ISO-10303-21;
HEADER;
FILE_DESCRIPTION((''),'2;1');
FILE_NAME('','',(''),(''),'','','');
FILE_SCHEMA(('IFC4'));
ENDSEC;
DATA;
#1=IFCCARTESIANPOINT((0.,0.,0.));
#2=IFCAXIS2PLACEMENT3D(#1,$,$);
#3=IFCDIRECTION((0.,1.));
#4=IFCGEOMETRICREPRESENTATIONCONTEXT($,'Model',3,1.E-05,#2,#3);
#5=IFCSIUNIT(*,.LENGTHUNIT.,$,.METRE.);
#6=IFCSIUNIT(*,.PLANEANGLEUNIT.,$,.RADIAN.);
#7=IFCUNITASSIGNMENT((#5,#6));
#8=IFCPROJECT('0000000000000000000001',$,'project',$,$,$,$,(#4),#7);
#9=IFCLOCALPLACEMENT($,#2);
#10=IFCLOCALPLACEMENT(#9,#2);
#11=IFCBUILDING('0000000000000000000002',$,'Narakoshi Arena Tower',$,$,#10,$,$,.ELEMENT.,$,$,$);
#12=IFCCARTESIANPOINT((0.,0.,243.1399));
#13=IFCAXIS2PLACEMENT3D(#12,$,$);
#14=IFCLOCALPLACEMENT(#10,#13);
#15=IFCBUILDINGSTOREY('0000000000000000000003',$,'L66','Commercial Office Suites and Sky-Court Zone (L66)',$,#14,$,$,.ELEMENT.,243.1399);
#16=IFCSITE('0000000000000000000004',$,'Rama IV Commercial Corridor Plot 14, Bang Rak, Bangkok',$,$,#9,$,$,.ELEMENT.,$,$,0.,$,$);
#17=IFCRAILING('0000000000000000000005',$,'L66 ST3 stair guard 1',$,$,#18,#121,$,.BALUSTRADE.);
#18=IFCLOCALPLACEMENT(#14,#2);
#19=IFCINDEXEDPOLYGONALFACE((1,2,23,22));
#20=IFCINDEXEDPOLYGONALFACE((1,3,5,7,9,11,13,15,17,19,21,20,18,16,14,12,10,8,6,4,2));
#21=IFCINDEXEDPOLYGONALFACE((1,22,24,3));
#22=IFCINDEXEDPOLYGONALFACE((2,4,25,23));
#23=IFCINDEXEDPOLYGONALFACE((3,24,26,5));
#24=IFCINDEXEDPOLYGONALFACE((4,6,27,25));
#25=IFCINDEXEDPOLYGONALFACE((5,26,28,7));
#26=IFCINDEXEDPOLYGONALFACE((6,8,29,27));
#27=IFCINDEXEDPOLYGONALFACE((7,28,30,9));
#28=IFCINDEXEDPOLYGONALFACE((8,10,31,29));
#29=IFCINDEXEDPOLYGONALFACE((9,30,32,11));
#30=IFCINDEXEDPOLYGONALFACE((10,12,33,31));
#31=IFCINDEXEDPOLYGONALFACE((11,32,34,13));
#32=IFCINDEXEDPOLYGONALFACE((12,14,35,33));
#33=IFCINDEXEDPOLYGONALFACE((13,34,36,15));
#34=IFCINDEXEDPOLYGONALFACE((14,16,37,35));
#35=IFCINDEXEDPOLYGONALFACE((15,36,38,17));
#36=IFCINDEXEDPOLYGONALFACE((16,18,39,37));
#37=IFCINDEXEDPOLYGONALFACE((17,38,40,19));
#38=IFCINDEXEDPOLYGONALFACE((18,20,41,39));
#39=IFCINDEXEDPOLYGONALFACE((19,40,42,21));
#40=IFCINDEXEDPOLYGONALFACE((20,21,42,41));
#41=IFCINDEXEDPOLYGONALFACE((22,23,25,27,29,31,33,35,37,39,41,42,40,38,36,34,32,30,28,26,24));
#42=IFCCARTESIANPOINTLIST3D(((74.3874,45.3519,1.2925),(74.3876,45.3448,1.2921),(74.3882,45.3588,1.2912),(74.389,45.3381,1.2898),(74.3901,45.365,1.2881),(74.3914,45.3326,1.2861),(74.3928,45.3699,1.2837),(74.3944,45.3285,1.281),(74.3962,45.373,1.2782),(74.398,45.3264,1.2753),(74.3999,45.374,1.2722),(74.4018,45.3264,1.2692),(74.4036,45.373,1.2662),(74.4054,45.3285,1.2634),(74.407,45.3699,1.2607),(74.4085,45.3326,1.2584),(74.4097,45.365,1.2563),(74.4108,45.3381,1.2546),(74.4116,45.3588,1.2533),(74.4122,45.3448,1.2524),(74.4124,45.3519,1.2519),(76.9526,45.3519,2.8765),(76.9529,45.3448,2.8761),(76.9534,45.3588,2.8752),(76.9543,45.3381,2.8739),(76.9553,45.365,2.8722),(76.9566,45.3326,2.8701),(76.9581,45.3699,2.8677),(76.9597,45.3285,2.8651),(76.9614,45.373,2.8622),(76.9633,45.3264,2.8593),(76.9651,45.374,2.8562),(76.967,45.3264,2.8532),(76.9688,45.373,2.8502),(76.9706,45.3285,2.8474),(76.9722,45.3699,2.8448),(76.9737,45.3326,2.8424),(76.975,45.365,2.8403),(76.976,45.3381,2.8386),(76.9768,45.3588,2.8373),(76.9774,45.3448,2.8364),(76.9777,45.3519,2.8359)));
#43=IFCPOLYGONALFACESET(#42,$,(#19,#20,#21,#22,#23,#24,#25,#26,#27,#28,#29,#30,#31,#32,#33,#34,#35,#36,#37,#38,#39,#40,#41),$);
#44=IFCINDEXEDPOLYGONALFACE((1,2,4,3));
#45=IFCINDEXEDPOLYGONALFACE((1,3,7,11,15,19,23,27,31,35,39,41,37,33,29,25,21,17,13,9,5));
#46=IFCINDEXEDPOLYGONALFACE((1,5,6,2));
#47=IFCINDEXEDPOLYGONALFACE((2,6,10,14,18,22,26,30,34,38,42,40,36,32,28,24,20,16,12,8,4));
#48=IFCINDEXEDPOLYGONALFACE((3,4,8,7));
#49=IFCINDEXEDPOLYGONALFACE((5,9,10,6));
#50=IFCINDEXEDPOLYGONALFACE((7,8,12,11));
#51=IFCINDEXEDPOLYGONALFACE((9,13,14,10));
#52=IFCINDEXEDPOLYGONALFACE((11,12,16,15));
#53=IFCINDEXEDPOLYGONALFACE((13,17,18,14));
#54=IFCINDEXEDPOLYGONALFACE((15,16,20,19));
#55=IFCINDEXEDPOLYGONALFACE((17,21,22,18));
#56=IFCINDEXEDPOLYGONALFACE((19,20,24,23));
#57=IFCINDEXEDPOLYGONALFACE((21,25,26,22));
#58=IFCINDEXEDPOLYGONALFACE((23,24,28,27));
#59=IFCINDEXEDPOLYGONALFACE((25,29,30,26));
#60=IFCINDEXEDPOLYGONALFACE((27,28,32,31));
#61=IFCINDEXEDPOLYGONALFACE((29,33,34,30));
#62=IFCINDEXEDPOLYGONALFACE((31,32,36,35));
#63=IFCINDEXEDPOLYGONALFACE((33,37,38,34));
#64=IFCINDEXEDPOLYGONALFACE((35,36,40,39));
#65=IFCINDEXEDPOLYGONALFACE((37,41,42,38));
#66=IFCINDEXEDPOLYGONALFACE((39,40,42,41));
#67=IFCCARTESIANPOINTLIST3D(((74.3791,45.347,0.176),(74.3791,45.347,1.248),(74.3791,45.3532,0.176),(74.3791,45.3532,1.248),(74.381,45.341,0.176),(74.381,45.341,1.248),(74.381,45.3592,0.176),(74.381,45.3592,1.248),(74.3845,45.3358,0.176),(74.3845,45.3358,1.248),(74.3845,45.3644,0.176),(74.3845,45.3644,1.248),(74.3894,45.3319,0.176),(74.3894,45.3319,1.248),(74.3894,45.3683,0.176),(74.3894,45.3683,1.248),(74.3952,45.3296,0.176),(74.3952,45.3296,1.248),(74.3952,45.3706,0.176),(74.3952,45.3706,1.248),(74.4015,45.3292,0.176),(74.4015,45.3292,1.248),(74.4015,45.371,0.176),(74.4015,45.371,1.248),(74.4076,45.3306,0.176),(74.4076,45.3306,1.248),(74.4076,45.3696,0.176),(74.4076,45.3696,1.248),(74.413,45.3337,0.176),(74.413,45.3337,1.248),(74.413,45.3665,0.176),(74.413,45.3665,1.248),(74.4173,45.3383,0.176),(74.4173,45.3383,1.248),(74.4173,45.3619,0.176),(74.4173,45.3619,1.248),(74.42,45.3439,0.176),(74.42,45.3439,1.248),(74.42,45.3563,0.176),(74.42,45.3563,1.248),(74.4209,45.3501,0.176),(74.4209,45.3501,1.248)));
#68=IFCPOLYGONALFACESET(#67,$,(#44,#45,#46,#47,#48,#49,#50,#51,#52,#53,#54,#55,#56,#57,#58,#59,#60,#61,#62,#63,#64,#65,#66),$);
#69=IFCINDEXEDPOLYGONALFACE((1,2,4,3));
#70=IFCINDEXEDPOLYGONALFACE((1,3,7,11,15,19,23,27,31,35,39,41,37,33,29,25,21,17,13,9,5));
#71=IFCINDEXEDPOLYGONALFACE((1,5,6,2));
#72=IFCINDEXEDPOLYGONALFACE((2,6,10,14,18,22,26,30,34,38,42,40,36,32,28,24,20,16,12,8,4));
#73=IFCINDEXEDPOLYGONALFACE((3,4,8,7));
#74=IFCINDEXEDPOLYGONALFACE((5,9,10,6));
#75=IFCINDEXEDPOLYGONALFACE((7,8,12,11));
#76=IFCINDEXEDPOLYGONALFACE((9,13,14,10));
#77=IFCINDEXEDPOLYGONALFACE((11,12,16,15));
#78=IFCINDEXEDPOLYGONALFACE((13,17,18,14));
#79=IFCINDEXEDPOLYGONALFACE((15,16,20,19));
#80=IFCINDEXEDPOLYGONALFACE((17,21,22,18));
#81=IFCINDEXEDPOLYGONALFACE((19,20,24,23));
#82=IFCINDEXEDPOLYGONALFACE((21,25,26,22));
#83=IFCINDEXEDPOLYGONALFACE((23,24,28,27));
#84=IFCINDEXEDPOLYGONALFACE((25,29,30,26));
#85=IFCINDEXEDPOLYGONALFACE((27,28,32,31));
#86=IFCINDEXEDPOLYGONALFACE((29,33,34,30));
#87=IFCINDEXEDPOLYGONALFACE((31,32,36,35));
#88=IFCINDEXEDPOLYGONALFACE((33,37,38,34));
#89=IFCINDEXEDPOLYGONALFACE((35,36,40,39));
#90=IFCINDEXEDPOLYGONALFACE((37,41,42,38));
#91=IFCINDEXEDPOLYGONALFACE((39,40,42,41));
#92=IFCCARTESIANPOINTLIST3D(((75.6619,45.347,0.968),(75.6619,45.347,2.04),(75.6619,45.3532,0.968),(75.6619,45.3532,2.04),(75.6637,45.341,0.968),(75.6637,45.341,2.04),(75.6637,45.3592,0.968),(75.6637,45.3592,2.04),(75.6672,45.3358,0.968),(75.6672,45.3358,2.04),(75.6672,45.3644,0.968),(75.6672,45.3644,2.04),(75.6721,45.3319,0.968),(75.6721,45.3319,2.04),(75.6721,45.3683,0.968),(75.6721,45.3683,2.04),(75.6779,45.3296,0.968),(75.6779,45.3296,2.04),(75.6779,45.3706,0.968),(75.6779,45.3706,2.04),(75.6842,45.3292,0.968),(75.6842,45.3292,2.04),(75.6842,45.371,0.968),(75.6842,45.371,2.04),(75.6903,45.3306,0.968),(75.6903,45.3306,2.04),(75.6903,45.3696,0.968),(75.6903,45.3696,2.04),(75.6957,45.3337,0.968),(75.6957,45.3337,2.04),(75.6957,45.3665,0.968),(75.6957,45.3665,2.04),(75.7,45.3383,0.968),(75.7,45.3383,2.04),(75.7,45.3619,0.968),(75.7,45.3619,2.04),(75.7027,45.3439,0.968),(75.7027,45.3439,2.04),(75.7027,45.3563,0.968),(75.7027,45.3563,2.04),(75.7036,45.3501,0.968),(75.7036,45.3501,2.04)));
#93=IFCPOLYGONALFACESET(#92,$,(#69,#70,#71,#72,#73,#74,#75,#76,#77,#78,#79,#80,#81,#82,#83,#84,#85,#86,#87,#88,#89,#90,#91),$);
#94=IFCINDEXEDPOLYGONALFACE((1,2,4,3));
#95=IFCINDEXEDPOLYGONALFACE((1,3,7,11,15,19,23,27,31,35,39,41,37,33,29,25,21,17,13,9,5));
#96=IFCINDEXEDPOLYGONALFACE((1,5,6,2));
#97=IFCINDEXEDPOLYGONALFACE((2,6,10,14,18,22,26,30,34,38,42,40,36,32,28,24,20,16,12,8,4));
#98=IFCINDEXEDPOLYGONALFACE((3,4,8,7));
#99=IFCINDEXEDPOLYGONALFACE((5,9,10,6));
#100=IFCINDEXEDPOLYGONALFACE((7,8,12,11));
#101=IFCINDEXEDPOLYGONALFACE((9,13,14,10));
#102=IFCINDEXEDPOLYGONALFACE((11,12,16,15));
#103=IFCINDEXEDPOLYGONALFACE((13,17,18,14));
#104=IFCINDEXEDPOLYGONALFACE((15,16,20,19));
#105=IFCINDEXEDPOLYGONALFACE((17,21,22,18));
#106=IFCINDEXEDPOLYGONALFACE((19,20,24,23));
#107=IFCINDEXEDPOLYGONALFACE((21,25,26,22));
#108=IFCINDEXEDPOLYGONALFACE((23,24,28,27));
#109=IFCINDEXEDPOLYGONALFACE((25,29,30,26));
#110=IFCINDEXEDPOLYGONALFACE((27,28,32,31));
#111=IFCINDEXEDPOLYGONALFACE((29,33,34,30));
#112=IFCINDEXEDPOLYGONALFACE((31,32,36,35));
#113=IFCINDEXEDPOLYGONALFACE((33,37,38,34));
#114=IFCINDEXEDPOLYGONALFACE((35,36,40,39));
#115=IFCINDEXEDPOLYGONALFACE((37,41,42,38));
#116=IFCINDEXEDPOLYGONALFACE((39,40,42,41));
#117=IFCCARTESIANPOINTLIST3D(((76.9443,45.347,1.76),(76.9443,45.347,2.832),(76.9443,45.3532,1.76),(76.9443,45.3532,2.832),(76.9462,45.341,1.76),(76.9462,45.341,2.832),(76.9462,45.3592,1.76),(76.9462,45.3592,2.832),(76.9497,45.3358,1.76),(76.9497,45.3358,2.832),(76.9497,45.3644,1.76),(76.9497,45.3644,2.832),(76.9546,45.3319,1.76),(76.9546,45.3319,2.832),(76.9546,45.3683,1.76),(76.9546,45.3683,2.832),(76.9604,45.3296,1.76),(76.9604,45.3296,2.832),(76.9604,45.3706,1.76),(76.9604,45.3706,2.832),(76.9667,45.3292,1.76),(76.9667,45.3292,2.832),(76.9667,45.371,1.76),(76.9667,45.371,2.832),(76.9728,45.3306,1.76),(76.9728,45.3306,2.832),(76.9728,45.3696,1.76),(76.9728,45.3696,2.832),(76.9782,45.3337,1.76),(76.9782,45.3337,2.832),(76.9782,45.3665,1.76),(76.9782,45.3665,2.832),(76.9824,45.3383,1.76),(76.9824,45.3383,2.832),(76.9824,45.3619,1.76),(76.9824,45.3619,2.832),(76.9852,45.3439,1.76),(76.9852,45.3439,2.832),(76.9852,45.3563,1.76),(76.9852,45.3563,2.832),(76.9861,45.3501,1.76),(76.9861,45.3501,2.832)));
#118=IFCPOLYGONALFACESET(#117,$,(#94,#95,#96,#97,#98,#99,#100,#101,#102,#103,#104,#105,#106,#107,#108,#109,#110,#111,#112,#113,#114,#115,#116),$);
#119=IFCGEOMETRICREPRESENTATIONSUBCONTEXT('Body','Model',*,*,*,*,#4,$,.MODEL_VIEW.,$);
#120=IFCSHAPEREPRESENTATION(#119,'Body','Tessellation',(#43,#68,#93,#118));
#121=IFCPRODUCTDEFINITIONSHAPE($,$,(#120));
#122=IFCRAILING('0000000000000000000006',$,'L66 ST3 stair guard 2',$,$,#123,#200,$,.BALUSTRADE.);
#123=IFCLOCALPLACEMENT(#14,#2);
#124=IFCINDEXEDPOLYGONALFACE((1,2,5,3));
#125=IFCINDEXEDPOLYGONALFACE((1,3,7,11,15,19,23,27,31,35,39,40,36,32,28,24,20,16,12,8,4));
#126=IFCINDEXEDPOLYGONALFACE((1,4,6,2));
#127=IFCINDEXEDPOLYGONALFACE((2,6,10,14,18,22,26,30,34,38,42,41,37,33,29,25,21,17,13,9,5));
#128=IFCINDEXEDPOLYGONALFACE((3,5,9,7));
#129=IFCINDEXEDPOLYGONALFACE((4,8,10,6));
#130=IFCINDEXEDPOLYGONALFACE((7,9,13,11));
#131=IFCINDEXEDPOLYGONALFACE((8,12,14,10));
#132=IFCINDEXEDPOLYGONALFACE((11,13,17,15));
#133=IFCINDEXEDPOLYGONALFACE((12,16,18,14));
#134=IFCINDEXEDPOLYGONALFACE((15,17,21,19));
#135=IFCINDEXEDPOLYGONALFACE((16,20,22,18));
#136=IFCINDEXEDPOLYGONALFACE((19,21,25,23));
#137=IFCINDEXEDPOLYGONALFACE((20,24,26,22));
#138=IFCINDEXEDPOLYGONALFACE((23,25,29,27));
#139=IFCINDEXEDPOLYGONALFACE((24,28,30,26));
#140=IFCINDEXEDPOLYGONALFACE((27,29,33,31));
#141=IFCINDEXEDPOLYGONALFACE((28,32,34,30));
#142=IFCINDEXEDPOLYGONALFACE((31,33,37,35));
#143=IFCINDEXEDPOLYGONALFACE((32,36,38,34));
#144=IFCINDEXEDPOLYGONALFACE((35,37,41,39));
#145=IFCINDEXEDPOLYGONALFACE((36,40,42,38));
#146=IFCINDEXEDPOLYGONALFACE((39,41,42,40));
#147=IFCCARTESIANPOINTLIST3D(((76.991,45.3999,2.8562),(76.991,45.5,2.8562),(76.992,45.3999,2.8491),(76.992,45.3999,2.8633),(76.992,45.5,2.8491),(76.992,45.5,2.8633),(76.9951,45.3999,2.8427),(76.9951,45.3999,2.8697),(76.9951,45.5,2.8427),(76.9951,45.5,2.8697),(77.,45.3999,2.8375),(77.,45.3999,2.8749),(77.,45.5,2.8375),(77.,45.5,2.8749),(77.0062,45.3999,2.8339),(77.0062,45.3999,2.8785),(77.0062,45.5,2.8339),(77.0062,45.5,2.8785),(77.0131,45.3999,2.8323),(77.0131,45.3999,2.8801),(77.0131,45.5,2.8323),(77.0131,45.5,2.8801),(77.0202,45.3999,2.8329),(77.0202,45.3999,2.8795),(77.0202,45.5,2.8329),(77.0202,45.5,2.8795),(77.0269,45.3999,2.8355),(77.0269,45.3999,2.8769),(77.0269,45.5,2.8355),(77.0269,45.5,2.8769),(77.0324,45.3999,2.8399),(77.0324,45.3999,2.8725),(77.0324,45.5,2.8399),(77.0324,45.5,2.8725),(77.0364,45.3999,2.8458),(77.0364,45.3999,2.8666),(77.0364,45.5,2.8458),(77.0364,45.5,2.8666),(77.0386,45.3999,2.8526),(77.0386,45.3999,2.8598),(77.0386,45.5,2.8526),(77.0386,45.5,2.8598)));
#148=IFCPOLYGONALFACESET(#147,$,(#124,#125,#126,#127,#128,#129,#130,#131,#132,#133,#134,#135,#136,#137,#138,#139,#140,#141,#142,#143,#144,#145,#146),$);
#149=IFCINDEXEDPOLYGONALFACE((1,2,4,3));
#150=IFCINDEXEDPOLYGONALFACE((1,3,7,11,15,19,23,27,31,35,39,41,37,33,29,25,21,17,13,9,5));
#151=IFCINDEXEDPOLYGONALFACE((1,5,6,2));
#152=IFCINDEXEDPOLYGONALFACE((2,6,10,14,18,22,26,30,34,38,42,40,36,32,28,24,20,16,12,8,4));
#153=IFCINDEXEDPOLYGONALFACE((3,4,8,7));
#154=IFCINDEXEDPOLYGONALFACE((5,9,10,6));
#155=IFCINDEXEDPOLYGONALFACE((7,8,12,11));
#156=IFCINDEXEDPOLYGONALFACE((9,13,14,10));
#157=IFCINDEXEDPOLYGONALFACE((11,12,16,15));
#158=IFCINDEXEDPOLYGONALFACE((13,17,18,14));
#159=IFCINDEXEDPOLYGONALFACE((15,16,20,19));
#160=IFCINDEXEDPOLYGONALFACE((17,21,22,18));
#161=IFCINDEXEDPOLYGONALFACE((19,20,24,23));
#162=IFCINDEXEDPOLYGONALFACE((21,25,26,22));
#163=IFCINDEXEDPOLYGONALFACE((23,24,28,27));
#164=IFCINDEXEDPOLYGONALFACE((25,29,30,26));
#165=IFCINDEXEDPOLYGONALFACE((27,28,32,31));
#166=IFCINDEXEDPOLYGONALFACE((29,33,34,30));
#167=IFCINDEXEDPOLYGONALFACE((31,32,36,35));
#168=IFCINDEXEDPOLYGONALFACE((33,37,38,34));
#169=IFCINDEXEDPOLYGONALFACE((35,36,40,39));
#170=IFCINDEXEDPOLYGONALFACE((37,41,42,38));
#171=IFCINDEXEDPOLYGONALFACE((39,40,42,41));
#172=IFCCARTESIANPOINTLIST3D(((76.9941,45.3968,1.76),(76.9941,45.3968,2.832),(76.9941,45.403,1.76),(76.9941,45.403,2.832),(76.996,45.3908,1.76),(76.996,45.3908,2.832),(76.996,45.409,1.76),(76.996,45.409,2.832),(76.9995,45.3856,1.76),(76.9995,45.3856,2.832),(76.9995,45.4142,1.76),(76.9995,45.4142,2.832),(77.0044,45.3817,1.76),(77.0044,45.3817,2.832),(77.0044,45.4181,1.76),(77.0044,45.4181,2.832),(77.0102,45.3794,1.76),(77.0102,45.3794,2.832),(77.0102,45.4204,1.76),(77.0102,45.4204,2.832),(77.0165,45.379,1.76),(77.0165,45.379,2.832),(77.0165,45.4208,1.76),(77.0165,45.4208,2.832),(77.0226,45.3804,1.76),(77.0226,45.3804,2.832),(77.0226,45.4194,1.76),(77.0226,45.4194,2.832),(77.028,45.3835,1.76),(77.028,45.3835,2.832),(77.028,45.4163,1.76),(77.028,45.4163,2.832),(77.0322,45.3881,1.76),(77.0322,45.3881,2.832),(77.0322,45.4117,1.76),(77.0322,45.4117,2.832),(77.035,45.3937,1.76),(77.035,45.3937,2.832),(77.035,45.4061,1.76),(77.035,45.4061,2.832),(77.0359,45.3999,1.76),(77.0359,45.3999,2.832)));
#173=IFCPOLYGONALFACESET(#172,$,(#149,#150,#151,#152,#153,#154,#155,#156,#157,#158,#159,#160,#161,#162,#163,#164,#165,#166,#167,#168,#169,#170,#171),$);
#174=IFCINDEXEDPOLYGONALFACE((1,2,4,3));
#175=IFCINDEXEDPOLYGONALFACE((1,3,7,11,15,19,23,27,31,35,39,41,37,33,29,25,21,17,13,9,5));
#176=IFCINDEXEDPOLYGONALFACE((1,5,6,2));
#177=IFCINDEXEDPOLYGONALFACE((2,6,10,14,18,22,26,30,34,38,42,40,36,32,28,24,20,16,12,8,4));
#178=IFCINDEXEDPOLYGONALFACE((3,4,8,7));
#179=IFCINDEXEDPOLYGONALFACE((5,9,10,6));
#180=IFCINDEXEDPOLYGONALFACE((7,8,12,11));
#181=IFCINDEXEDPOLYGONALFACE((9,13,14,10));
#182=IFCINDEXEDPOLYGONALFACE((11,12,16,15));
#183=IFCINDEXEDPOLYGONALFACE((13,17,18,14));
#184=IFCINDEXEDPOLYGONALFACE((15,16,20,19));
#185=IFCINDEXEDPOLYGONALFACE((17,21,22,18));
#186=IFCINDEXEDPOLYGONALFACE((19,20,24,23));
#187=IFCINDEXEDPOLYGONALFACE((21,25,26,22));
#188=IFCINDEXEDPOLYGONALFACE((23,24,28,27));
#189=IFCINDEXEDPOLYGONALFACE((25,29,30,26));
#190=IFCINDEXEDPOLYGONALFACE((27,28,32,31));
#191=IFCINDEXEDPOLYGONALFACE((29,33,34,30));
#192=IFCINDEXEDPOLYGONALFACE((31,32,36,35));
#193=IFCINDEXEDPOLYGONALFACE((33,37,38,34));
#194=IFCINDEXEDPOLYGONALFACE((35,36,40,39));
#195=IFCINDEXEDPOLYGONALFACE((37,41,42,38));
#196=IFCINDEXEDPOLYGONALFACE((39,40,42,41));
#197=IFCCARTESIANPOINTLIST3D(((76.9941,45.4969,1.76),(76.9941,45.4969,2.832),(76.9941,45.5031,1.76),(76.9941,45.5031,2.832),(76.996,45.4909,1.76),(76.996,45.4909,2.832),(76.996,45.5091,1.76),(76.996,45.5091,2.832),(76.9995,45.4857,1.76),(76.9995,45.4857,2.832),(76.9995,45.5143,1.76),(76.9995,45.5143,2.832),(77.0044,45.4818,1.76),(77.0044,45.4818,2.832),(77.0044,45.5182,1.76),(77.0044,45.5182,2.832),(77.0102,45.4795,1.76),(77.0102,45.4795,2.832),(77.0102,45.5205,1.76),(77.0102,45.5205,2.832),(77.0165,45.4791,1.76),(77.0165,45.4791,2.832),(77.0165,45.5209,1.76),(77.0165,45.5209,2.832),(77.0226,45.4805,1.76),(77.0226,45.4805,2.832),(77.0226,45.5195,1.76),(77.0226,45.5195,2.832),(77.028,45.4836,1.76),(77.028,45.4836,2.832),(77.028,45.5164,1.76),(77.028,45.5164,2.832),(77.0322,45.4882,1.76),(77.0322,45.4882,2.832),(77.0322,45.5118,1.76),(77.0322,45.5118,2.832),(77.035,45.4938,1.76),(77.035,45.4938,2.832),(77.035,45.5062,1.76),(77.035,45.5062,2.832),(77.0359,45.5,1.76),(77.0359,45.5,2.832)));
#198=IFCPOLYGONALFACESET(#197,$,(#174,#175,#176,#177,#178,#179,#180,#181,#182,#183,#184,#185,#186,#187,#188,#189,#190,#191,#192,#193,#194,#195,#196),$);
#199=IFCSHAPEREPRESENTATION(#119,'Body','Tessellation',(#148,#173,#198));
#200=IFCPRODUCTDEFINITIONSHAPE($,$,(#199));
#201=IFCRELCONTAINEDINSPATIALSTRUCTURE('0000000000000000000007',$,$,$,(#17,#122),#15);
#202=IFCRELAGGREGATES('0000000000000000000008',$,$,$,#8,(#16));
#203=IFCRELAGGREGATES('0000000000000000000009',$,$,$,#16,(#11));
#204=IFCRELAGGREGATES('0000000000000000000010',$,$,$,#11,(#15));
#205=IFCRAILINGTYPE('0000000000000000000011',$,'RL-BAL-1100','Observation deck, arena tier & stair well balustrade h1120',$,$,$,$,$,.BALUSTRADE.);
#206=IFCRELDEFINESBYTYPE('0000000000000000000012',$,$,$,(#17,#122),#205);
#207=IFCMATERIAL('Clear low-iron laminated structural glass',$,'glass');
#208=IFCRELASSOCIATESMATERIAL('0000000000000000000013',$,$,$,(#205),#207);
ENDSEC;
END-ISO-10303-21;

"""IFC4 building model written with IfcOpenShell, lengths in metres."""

from ifc_helpers import new_model, si_unit, direction, frame, origin, origin_2d, place, context, subcontext, project, spatial, circle, extrude, material, type_object, element, save


model = new_model("IFC4")

# Units and contexts
model_context = context("Model", 3, precision=1e-05, world=origin(), true_north=direction((0.0, 1.0)))
body_context = subcontext(model_context, "Body", "Model", "MODEL_VIEW")
ifc_project = project(units=[si_unit("LENGTHUNIT", "METRE"), si_unit("PLANEANGLEUNIT", "RADIAN")], contexts=[model_context])

# Site, building, storey
site_placement = place(None, origin())
site = spatial("IfcSite", under=ifc_project, at=site_placement, Name="Rama IV Commercial Corridor Plot 14, Bang Rak, Bangkok", CompositionType="ELEMENT", RefElevation=0.0)
building_placement = place(site_placement, origin())
building = spatial("IfcBuilding", under=site, at=building_placement, Name="Narakoshi Arena Tower", CompositionType="ELEMENT")
storey_placement = place(building_placement, frame((0.0, 0.0, 243.1399)))
storey = spatial("IfcBuildingStorey", under=building, at=storey_placement, Name="L66", Description="Commercial Office Suites and Sky-Court Zone (L66)", CompositionType="ELEMENT", Elevation=243.1399)

# Railings
ifc_material_1 = material(Name="Clear low-iron laminated structural glass", Category="glass")
railing_type_1 = type_object("IfcRailingType", Name="RL-BAL-1100", Description="Observation deck, arena tier & stair well balustrade h1120", PredefinedType="BALUSTRADE", material=ifc_material_1)
railing_1_placement = place(storey_placement, frame((74.3999, 45.3501, 0.176)))
element("IfcRailing", 1, at=railing_1_placement, inside=storey, type_object=railing_type_1, Name="L66 ST3 stair guard 1", PredefinedType="BALUSTRADE", context=body_context, shape_type="SweptSolid", body=[
    extrude(circle(Radius=0.0239, at=origin_2d()), frame((0.0, 0.0, 1.0962), z_axis=(0.850857, 0.0, 0.525398), x_axis=(0.0, 1.0, 0.0)), (0.0, 0.0, 1.0), 3.0149),
    extrude(circle(Radius=0.021, at=origin_2d()), origin(), (0.0, 0.0, 1.0), 1.072),
    extrude(circle(Radius=0.021, at=origin_2d()), frame((1.2827, 0.0, 0.792)), (0.0, 0.0, 1.0), 1.072),
    extrude(circle(Radius=0.021, at=origin_2d()), frame((2.5652, 0.0, 1.584)), (0.0, 0.0, 1.0), 1.072),
])
railing_2_placement = place(storey_placement, frame((77.0149, 45.3999, 1.76)))
element("IfcRailing", 2, at=railing_2_placement, inside=storey, type_object=railing_type_1, Name="L66 ST3 stair guard 2", PredefinedType="BALUSTRADE", context=body_context, shape_type="SweptSolid", body=[
    extrude(circle(Radius=0.0239, at=origin_2d()), frame((0.0, 0.0, 1.0962), z_axis=(0.0, 1.0, 0.0), x_axis=(-1.0, 0.0, 0.0)), (0.0, 0.0, 1.0), 0.1001),
    extrude(circle(Radius=0.021, at=origin_2d()), origin(), (0.0, 0.0, 1.0), 1.072),
    extrude(circle(Radius=0.021, at=origin_2d()), frame((0.0, 0.1001, 0.0)), (0.0, 0.0, 1.0), 1.072),
])

save(model, "model.ifc")
